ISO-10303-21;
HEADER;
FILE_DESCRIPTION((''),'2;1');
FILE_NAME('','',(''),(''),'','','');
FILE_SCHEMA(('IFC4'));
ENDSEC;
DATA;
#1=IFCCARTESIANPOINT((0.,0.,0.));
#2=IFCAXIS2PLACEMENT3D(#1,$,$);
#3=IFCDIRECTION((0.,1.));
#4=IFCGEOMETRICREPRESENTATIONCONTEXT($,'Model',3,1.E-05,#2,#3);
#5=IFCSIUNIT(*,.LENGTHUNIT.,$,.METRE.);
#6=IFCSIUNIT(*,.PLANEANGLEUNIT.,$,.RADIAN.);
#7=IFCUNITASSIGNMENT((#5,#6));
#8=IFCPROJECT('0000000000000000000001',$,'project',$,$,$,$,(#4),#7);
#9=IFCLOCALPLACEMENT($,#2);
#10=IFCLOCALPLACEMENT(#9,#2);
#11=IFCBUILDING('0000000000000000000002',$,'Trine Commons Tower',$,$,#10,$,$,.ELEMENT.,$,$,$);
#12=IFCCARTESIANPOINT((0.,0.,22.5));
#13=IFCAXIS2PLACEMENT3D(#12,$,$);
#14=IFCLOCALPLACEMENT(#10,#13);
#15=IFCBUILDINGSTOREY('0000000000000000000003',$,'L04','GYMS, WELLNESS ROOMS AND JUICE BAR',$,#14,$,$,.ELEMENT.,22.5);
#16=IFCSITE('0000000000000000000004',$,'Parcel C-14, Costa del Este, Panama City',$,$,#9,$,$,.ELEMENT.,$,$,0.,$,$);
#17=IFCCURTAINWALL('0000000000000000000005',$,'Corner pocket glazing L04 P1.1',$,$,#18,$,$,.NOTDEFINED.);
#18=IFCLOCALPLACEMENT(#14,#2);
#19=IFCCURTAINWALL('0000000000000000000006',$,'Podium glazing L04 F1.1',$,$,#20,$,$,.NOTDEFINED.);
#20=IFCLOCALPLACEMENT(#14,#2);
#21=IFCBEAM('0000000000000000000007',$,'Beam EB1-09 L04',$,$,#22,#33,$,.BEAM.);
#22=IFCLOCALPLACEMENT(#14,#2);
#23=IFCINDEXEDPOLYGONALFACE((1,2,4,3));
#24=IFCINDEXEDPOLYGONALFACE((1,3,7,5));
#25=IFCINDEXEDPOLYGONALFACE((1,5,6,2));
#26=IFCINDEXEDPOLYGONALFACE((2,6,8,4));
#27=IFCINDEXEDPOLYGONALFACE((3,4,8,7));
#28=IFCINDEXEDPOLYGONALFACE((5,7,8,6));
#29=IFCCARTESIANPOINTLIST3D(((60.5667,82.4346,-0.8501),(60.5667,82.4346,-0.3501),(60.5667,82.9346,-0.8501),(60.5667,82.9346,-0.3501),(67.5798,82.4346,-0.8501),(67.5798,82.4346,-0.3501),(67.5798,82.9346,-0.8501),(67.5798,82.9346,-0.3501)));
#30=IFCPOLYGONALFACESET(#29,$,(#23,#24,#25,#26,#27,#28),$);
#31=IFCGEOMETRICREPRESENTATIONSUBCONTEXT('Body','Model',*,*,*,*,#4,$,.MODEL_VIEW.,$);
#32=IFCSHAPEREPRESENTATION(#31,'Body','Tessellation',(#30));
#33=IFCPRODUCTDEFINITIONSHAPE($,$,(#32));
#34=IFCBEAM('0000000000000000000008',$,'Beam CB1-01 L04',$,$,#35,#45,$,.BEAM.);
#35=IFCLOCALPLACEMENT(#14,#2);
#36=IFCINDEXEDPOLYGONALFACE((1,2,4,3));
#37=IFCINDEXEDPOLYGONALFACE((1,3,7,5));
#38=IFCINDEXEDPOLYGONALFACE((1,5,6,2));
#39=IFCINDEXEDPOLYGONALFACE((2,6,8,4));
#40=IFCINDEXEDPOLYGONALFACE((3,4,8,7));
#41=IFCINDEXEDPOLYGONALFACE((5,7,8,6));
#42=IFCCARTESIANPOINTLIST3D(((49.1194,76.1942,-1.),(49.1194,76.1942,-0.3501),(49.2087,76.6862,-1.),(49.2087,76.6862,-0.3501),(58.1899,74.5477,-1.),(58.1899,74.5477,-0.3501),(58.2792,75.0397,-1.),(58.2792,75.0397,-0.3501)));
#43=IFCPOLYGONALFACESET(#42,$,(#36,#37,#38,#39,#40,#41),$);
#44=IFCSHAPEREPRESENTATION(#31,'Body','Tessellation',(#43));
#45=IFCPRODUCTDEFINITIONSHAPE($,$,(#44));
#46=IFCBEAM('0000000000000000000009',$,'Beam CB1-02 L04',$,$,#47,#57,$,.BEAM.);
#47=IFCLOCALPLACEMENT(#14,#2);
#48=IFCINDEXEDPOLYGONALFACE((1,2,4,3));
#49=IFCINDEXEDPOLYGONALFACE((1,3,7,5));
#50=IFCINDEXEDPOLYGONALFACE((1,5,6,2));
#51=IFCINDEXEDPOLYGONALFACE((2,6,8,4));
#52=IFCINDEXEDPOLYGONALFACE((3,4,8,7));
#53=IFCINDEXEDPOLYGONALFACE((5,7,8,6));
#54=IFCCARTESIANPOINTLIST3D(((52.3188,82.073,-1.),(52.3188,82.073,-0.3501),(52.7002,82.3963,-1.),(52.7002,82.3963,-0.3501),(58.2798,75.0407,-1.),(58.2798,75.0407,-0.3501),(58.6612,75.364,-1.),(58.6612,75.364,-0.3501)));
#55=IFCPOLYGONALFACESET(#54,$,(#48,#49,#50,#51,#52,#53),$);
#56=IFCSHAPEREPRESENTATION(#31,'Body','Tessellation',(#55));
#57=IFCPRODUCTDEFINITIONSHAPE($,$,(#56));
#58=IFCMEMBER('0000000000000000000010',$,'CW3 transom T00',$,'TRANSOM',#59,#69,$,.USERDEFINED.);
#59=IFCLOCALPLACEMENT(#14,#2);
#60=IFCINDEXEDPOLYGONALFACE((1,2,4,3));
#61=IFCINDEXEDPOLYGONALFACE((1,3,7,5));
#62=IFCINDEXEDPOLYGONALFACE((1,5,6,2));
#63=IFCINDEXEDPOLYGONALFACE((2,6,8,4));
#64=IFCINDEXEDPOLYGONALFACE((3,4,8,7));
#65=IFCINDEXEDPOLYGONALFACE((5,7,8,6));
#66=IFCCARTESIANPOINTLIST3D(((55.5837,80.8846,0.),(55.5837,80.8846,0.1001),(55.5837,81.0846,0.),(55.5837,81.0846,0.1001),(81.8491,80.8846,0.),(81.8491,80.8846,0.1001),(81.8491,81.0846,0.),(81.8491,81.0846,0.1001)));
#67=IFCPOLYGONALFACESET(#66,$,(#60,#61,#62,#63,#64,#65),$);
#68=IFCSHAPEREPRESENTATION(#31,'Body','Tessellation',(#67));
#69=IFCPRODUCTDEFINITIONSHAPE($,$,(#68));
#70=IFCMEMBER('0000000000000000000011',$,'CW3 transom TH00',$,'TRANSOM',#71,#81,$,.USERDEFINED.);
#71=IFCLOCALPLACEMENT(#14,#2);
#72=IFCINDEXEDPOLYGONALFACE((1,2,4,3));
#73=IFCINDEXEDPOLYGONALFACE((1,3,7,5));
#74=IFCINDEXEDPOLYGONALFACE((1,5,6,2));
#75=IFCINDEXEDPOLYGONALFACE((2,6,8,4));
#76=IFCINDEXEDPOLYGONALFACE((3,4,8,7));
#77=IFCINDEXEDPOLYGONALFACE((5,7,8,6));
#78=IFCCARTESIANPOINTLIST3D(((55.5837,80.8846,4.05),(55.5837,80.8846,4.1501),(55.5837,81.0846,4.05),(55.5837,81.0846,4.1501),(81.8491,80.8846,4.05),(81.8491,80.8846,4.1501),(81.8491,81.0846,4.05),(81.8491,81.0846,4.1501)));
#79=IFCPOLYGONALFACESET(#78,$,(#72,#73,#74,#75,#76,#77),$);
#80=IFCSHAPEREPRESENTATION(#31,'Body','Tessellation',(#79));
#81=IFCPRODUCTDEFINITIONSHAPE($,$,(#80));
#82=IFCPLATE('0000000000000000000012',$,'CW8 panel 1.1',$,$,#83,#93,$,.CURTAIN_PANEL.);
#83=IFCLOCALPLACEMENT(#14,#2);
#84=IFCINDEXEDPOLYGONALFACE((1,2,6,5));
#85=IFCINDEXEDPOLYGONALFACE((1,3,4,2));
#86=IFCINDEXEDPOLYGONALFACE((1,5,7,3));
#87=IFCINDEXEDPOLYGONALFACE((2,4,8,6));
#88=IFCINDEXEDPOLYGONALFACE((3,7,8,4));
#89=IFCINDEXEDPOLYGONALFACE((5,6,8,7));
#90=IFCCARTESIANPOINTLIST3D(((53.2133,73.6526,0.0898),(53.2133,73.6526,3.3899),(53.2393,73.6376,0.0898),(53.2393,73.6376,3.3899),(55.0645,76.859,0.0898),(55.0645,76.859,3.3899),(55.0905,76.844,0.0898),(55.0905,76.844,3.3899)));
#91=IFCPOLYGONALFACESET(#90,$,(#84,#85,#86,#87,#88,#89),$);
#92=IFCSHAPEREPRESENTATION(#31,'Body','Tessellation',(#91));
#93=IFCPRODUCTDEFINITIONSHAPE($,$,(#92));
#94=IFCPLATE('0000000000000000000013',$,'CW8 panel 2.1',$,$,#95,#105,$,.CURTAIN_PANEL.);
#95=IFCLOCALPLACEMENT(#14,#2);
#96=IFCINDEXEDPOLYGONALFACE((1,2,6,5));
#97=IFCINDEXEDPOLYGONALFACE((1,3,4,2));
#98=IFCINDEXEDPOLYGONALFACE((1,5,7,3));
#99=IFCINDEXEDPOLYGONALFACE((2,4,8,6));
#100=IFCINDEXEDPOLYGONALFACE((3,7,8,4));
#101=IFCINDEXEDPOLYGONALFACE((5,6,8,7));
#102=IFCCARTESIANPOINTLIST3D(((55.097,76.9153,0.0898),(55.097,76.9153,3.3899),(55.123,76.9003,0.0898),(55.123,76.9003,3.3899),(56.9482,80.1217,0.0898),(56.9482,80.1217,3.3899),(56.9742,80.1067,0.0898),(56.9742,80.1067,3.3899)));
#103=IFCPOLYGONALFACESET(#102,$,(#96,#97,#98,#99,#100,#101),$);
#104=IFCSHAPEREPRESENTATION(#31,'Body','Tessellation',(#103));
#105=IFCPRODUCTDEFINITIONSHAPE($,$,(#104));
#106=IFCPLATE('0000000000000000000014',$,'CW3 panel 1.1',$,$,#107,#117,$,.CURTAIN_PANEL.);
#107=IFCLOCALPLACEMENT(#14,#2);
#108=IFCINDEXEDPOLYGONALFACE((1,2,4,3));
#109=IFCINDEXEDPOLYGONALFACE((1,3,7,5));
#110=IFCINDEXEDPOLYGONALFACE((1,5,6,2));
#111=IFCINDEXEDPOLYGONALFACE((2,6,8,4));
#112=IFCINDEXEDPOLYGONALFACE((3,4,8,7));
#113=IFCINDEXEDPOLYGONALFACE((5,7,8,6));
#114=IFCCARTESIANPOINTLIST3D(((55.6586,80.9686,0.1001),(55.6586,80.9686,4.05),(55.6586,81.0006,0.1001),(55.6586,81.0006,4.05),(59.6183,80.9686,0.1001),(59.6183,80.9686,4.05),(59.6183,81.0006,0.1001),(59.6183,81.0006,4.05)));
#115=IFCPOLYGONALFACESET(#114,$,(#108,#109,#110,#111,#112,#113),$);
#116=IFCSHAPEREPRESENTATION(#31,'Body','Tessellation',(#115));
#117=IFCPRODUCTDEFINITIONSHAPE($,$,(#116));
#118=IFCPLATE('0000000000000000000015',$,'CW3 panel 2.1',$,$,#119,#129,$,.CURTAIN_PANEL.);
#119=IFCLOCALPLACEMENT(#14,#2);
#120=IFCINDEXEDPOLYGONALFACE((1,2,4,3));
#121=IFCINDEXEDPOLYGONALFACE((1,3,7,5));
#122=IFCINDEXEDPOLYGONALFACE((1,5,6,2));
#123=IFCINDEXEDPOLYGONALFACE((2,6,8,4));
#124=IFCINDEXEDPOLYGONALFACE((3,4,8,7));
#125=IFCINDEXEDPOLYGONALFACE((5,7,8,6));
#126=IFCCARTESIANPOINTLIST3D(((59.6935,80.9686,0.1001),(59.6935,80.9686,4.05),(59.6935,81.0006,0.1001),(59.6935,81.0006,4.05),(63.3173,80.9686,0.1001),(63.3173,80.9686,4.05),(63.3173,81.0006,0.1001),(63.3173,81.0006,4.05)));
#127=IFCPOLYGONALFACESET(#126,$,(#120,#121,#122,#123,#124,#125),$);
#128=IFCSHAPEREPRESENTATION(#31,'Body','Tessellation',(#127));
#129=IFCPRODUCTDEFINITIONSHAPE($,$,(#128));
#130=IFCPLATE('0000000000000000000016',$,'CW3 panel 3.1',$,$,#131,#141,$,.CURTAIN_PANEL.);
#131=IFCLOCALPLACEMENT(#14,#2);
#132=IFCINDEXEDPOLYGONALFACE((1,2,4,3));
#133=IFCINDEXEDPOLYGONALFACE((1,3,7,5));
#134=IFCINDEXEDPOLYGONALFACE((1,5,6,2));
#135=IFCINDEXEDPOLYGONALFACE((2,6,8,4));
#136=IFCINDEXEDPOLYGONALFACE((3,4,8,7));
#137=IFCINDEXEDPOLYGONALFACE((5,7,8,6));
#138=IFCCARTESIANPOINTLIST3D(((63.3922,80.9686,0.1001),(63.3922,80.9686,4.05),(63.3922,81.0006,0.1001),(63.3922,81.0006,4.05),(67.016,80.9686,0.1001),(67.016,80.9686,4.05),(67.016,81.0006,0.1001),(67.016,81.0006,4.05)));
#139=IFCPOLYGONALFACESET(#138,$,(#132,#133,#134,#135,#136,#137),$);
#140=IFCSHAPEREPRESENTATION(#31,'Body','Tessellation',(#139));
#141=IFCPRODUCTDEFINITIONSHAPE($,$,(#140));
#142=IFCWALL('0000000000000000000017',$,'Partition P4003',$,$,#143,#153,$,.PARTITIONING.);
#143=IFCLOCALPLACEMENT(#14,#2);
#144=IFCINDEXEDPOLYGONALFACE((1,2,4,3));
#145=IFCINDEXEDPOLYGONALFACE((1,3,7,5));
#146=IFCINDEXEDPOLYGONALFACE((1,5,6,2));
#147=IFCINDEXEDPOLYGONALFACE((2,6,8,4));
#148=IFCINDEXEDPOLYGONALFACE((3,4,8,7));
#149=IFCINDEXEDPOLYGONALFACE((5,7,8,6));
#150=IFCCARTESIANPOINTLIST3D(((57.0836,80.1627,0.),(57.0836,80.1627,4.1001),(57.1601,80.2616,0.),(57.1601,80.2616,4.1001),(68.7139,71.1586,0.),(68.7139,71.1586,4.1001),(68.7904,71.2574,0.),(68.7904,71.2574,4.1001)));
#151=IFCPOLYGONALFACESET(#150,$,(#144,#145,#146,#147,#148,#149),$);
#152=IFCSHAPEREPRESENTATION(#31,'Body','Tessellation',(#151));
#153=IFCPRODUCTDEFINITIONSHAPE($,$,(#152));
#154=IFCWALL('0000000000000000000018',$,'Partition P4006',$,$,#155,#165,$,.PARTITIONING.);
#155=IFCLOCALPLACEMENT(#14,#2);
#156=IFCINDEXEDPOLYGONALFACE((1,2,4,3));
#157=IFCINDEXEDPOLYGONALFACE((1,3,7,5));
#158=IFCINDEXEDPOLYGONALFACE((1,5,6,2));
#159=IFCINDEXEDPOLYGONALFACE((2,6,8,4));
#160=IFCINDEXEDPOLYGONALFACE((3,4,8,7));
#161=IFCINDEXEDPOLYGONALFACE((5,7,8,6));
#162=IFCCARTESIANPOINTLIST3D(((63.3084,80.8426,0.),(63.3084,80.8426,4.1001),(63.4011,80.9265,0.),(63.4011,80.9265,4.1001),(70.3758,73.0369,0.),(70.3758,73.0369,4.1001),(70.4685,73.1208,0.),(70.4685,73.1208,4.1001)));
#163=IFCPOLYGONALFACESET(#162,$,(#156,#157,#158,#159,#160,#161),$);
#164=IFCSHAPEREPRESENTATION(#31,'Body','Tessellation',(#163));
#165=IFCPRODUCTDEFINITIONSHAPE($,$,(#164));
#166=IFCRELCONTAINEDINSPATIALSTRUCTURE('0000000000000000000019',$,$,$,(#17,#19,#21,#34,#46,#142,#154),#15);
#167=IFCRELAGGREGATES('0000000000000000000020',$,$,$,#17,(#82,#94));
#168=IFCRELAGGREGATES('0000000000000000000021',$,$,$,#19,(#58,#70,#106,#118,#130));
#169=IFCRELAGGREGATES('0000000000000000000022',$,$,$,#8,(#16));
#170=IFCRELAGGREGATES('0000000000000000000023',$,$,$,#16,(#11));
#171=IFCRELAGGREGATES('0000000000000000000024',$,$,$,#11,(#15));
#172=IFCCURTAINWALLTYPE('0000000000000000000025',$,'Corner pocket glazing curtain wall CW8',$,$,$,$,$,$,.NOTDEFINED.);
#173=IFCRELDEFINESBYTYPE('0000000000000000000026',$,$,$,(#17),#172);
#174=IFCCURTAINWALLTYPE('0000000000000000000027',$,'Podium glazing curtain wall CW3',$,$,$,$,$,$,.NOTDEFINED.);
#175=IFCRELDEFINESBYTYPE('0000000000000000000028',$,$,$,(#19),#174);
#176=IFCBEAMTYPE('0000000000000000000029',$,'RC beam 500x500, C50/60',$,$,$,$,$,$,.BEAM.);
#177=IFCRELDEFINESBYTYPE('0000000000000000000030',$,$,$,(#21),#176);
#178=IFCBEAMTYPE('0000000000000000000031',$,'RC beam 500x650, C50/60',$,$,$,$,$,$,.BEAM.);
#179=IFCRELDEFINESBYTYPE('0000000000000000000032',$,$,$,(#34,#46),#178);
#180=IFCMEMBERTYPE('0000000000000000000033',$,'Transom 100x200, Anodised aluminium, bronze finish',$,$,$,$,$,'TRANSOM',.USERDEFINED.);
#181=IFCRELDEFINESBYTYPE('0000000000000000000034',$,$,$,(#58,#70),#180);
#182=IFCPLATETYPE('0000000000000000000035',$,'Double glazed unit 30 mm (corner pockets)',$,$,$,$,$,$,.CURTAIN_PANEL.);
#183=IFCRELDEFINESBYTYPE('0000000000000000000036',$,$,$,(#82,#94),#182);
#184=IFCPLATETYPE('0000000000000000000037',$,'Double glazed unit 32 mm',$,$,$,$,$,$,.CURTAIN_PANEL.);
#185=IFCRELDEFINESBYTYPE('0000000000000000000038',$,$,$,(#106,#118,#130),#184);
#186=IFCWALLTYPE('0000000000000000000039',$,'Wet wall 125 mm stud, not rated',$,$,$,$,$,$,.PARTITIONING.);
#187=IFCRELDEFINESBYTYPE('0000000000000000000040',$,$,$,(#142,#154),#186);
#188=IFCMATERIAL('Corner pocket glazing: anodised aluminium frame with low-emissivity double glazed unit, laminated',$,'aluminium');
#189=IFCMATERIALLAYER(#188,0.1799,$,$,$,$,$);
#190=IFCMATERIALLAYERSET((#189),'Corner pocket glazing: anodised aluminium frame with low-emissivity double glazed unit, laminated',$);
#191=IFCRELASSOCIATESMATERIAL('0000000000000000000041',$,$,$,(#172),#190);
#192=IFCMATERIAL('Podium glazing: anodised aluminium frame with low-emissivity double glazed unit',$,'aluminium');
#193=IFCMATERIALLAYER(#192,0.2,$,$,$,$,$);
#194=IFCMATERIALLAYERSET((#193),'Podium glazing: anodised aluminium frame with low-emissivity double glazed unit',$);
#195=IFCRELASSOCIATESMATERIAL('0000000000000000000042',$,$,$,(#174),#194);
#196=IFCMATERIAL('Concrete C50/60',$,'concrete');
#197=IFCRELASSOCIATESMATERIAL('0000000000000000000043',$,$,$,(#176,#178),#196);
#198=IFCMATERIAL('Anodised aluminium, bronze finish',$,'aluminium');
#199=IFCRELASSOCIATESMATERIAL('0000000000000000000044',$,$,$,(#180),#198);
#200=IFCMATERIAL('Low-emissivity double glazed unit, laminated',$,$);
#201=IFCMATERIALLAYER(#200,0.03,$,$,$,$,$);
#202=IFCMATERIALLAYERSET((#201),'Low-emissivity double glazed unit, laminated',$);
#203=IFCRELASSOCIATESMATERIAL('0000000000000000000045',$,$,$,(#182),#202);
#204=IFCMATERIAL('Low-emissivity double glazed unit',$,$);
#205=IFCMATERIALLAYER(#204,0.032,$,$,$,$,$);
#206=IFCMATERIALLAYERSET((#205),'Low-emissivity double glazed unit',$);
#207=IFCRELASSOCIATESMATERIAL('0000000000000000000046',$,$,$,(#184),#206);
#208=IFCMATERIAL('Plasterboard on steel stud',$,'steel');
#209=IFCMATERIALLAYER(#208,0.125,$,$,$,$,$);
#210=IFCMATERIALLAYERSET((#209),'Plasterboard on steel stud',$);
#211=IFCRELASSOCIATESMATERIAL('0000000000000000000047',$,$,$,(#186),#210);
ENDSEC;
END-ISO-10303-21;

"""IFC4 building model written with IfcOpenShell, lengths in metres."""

from ifc_helpers import new_model, si_unit, direction, frame, frame_2d, origin, origin_2d, place, context, subcontext, project, spatial, rectangle, extrude, material, layer, layer_set, material_profile, profile_set, type_object, element, aggregate, save


model = new_model("IFC4")

# Units and contexts
model_context = context("Model", 3, precision=1e-05, world=origin(), true_north=direction((0.0, 1.0)))
body_context = subcontext(model_context, "Body", "Model", "MODEL_VIEW")
ifc_project = project(units=[si_unit("LENGTHUNIT", "METRE"), si_unit("PLANEANGLEUNIT", "RADIAN")], contexts=[model_context])

# Site, building, storey
site_placement = place(None, origin())
site = spatial("IfcSite", under=ifc_project, at=site_placement, Name="Parcel C-14, Costa del Este, Panama City", CompositionType="ELEMENT", RefElevation=0.0)
building_placement = place(site_placement, origin())
building = spatial("IfcBuilding", under=site, at=building_placement, Name="Trine Commons Tower", CompositionType="ELEMENT")
storey_placement = place(building_placement, frame((0.0, 0.0, 22.5)))
storey = spatial("IfcBuildingStorey", under=building, at=storey_placement, Name="L04", Description="GYMS, WELLNESS ROOMS AND JUICE BAR", CompositionType="ELEMENT", Elevation=22.5)

# Curtain walls
ifc_material_1 = material(Name="Corner pocket glazing: anodised aluminium frame with low-emissivity double glazed unit, laminated", Category="aluminium")
ifc_layer_1 = layer(ifc_material_1, 0.1799)
ifc_layer_set_1 = layer_set([ifc_layer_1], Name="Corner pocket glazing: anodised aluminium frame with low-emissivity double glazed unit, laminated")
curtain_wall_type_1 = type_object("IfcCurtainWallType", Name="Corner pocket glazing curtain wall CW8", PredefinedType="NOTDEFINED", material=ifc_layer_set_1)
curtain_wall_1_placement = place(storey_placement, origin())
curtain_wall_1 = element("IfcCurtainWall", 1, at=curtain_wall_1_placement, inside=storey, type_object=curtain_wall_type_1, Name="Corner pocket glazing L04 P1.1", PredefinedType="NOTDEFINED")
ifc_material_2 = material(Name="Anodised aluminium, bronze finish", Category="aluminium")
ifc_material_3 = material(Name="Podium glazing: anodised aluminium frame with low-emissivity double glazed unit", Category="aluminium")
ifc_layer_2 = layer(ifc_material_3, 0.2)
ifc_layer_set_2 = layer_set([ifc_layer_2], Name="Podium glazing: anodised aluminium frame with low-emissivity double glazed unit")
curtain_wall_type_2 = type_object("IfcCurtainWallType", Name="Podium glazing curtain wall CW3", PredefinedType="NOTDEFINED", material=ifc_layer_set_2)
curtain_wall_2_placement = place(storey_placement, origin())
curtain_wall_2 = element("IfcCurtainWall", 2, at=curtain_wall_2_placement, inside=storey, type_object=curtain_wall_type_2, Name="Podium glazing L04 F1.1", PredefinedType="NOTDEFINED")

# Beams
ifc_material_4 = material(Name="Concrete C50/60", Category="concrete")
ifc_material_profile_1 = material_profile(ifc_material_4, rectangle(XDim=0.5, YDim=0.5, at=origin_2d()), Name="RC 500x500")
ifc_profile_set_1 = profile_set([ifc_material_profile_1], Name="Concrete C50/60")
beam_type_1 = type_object("IfcBeamType", Name="RC beam 500x500, C50/60", PredefinedType="BEAM", material=ifc_profile_set_1)
beam_1_placement = place(storey_placement, frame((60.5667, 82.6846, -0.6001), z_axis=(1.0, 0.0, 0.0), x_axis=(0.0, 1.0, 0.0)))
element("IfcBeam", 3, at=beam_1_placement, inside=storey, type_object=beam_type_1, Name="Beam EB1-09 L04", PredefinedType="BEAM", context=body_context, shape_type="SweptSolid", body=[
    extrude(rectangle(XDim=0.5, YDim=0.5, at=origin_2d()), origin(), (0.0, 0.0, 1.0), 7.0132),
])
ifc_material_profile_2 = material_profile(ifc_material_4, rectangle(XDim=0.5, YDim=0.6499, at=origin_2d()), Name="RC 500x650")
ifc_profile_set_2 = profile_set([ifc_material_profile_2], Name="Concrete C50/60")
beam_type_2 = type_object("IfcBeamType", Name="RC beam 500x650, C50/60", PredefinedType="BEAM", material=ifc_profile_set_2)
for number, where, z_axis, x_axis, name in (
    (4, (49.1641, 76.4402, -0.675), (0.983922, -0.178601, 0.0), (0.178601, 0.983922, 0.0), "Beam CB1-01 L04"),
    (5, (52.5095, 82.2346, -0.675), (0.646612, -0.762819, 0.0), (0.762819, 0.646612, 0.0), "Beam CB1-02 L04"),
):
    element("IfcBeam", number, at=place(storey_placement, frame(where, z_axis=z_axis, x_axis=x_axis)), inside=storey, type_object=beam_type_2, Name=name, PredefinedType="BEAM", context=body_context, shape_type="SweptSolid", body=[
        extrude(rectangle(XDim=0.5, YDim=0.6499, at=origin_2d()), origin(), (0.0, 0.0, 1.0), 9.2188),
    ])

# Members
ifc_material_profile_3 = material_profile(ifc_material_2, rectangle(XDim=0.2, YDim=0.1001, at=origin_2d()), Name="Transom 100x200")
ifc_profile_set_3 = profile_set([ifc_material_profile_3], Name="Anodised aluminium, bronze finish")
member_type_1 = type_object("IfcMemberType", Name="Transom 100x200, Anodised aluminium, bronze finish", ElementType="TRANSOM", PredefinedType="USERDEFINED", material=ifc_profile_set_3)
member_1_placement = place(storey_placement, frame((55.5837, 80.9846, 0.05), z_axis=(1.0, 0.0, 0.0), x_axis=(0.0, 1.0, 0.0)))
member_1 = element("IfcMember", 6, at=member_1_placement, type_object=member_type_1, Name="CW3 transom T00", ObjectType="TRANSOM", PredefinedType="USERDEFINED", context=body_context, shape_type="SweptSolid", body=[
    extrude(rectangle(XDim=0.2, YDim=0.1001, at=origin_2d()), origin(), (0.0, 0.0, 1.0), 26.2654),
])
member_2_placement = place(storey_placement, frame((55.5837, 80.9846, 4.1001), z_axis=(1.0, 0.0, 0.0), x_axis=(0.0, 1.0, 0.0)))
member_2 = element("IfcMember", 7, at=member_2_placement, type_object=member_type_1, Name="CW3 transom TH00", ObjectType="TRANSOM", PredefinedType="USERDEFINED", context=body_context, shape_type="SweptSolid", body=[
    extrude(rectangle(XDim=0.2, YDim=0.1001, at=origin_2d()), origin(), (0.0, 0.0, 1.0), 26.2654),
])

# Plates
ifc_material_5 = material(Name="Low-emissivity double glazed unit, laminated")
ifc_layer_3 = layer(ifc_material_5, 0.03)
ifc_layer_set_3 = layer_set([ifc_layer_3], Name="Low-emissivity double glazed unit, laminated")
plate_type_1 = type_object("IfcPlateType", Name="Double glazed unit 30 mm (corner pockets)", PredefinedType="CURTAIN_PANEL", material=ifc_layer_set_3)
plate_1_placement = place(storey_placement, frame((54.1519, 75.2483, 0.0898), z_axis=(0.0, 0.0, 1.0), x_axis=(0.5, 0.866025, 0.0)))
plate_1 = element("IfcPlate", 8, at=plate_1_placement, type_object=plate_type_1, Name="CW8 panel 1.1", PredefinedType="CURTAIN_PANEL", context=body_context, shape_type="SweptSolid", body=[
    extrude(rectangle(XDim=3.7024, YDim=0.03, at=origin_2d()), origin(), (0.0, 0.0, 1.0), 3.3),
])
plate_2_placement = place(storey_placement, frame((56.0356, 78.511, 0.0898), z_axis=(0.0, 0.0, 1.0), x_axis=(0.5, 0.866025, 0.0)))
plate_2 = element("IfcPlate", 9, at=plate_2_placement, type_object=plate_type_1, Name="CW8 panel 2.1", PredefinedType="CURTAIN_PANEL", context=body_context, shape_type="SweptSolid", body=[
    extrude(rectangle(XDim=3.7024, YDim=0.03, at=origin_2d()), origin(), (0.0, 0.0, 1.0), 3.3),
])
aggregate(curtain_wall_1, [plate_1, plate_2])
ifc_material_6 = material(Name="Low-emissivity double glazed unit")
ifc_layer_4 = layer(ifc_material_6, 0.032)
ifc_layer_set_4 = layer_set([ifc_layer_4], Name="Low-emissivity double glazed unit")
plate_type_2 = type_object("IfcPlateType", Name="Double glazed unit 32 mm", PredefinedType="CURTAIN_PANEL", material=ifc_layer_set_4)
plate_3_placement = place(storey_placement, frame((57.6384, 80.9846, 0.1001), z_axis=(0.0, 0.0, 1.0), x_axis=(1.0, 0.0, 0.0)))
plate_3 = element("IfcPlate", 10, at=plate_3_placement, type_object=plate_type_2, Name="CW3 panel 1.1", PredefinedType="CURTAIN_PANEL", context=body_context, shape_type="SweptSolid", body=[
    extrude(rectangle(XDim=3.9597, YDim=0.032, at=origin_2d()), origin(), (0.0, 0.0, 1.0), 3.95),
])
plate_4_placement = place(storey_placement, frame((61.5054, 80.9846, 0.1001), z_axis=(0.0, 0.0, 1.0), x_axis=(1.0, 0.0, 0.0)))
plate_4 = element("IfcPlate", 11, at=plate_4_placement, type_object=plate_type_2, Name="CW3 panel 2.1", PredefinedType="CURTAIN_PANEL", context=body_context, shape_type="SweptSolid", body=[
    extrude(rectangle(XDim=3.6238, YDim=0.032, at=origin_2d()), origin(), (0.0, 0.0, 1.0), 3.95),
])
plate_5_placement = place(storey_placement, frame((65.2041, 80.9846, 0.1001), z_axis=(0.0, 0.0, 1.0), x_axis=(1.0, 0.0, 0.0)))
plate_5 = element("IfcPlate", 12, at=plate_5_placement, type_object=plate_type_2, Name="CW3 panel 3.1", PredefinedType="CURTAIN_PANEL", context=body_context, shape_type="SweptSolid", body=[
    extrude(rectangle(XDim=3.6238, YDim=0.032, at=origin_2d()), origin(), (0.0, 0.0, 1.0), 3.95),
])
aggregate(curtain_wall_2, [member_1, member_2, plate_3, plate_4, plate_5])

# Walls
ifc_material_7 = material(Name="Plasterboard on steel stud", Category="steel")
ifc_layer_5 = layer(ifc_material_7, 0.125)
ifc_layer_set_5 = layer_set([ifc_layer_5], Name="Plasterboard on steel stud")
wall_type_1 = type_object("IfcWallType", Name="Wet wall 125 mm stud, not rated", PredefinedType="PARTITIONING", material=ifc_layer_set_5)
wall_1_placement = place(storey_placement, frame((57.1218, 80.2122, 0.0), z_axis=(0.0, 0.0, 1.0), x_axis=(0.790724, -0.612173, 0.0)))
element("IfcWall", 13, at=wall_1_placement, inside=storey, type_object=wall_type_1, Name="Partition P4003", PredefinedType="PARTITIONING", context=body_context, shape_type="SweptSolid", body=[
    extrude(rectangle(XDim=14.7085, YDim=0.125, at=frame_2d((7.3542, 0.0))), origin(), (0.0, 0.0, 1.0), 4.1001),
])
wall_2_placement = place(storey_placement, frame((63.3547, 80.8845, 0.0), z_axis=(0.0, 0.0, 1.0), x_axis=(0.67118, -0.741294, 0.0)))
element("IfcWall", 14, at=wall_2_placement, inside=storey, type_object=wall_type_1, Name="Partition P4006", PredefinedType="PARTITIONING", context=body_context, shape_type="SweptSolid", body=[
    extrude(rectangle(XDim=10.5298, YDim=0.125, at=frame_2d((5.2649, 0.0))), origin(), (0.0, 0.0, 1.0), 4.1001),
])

save(model, "model.ifc")
